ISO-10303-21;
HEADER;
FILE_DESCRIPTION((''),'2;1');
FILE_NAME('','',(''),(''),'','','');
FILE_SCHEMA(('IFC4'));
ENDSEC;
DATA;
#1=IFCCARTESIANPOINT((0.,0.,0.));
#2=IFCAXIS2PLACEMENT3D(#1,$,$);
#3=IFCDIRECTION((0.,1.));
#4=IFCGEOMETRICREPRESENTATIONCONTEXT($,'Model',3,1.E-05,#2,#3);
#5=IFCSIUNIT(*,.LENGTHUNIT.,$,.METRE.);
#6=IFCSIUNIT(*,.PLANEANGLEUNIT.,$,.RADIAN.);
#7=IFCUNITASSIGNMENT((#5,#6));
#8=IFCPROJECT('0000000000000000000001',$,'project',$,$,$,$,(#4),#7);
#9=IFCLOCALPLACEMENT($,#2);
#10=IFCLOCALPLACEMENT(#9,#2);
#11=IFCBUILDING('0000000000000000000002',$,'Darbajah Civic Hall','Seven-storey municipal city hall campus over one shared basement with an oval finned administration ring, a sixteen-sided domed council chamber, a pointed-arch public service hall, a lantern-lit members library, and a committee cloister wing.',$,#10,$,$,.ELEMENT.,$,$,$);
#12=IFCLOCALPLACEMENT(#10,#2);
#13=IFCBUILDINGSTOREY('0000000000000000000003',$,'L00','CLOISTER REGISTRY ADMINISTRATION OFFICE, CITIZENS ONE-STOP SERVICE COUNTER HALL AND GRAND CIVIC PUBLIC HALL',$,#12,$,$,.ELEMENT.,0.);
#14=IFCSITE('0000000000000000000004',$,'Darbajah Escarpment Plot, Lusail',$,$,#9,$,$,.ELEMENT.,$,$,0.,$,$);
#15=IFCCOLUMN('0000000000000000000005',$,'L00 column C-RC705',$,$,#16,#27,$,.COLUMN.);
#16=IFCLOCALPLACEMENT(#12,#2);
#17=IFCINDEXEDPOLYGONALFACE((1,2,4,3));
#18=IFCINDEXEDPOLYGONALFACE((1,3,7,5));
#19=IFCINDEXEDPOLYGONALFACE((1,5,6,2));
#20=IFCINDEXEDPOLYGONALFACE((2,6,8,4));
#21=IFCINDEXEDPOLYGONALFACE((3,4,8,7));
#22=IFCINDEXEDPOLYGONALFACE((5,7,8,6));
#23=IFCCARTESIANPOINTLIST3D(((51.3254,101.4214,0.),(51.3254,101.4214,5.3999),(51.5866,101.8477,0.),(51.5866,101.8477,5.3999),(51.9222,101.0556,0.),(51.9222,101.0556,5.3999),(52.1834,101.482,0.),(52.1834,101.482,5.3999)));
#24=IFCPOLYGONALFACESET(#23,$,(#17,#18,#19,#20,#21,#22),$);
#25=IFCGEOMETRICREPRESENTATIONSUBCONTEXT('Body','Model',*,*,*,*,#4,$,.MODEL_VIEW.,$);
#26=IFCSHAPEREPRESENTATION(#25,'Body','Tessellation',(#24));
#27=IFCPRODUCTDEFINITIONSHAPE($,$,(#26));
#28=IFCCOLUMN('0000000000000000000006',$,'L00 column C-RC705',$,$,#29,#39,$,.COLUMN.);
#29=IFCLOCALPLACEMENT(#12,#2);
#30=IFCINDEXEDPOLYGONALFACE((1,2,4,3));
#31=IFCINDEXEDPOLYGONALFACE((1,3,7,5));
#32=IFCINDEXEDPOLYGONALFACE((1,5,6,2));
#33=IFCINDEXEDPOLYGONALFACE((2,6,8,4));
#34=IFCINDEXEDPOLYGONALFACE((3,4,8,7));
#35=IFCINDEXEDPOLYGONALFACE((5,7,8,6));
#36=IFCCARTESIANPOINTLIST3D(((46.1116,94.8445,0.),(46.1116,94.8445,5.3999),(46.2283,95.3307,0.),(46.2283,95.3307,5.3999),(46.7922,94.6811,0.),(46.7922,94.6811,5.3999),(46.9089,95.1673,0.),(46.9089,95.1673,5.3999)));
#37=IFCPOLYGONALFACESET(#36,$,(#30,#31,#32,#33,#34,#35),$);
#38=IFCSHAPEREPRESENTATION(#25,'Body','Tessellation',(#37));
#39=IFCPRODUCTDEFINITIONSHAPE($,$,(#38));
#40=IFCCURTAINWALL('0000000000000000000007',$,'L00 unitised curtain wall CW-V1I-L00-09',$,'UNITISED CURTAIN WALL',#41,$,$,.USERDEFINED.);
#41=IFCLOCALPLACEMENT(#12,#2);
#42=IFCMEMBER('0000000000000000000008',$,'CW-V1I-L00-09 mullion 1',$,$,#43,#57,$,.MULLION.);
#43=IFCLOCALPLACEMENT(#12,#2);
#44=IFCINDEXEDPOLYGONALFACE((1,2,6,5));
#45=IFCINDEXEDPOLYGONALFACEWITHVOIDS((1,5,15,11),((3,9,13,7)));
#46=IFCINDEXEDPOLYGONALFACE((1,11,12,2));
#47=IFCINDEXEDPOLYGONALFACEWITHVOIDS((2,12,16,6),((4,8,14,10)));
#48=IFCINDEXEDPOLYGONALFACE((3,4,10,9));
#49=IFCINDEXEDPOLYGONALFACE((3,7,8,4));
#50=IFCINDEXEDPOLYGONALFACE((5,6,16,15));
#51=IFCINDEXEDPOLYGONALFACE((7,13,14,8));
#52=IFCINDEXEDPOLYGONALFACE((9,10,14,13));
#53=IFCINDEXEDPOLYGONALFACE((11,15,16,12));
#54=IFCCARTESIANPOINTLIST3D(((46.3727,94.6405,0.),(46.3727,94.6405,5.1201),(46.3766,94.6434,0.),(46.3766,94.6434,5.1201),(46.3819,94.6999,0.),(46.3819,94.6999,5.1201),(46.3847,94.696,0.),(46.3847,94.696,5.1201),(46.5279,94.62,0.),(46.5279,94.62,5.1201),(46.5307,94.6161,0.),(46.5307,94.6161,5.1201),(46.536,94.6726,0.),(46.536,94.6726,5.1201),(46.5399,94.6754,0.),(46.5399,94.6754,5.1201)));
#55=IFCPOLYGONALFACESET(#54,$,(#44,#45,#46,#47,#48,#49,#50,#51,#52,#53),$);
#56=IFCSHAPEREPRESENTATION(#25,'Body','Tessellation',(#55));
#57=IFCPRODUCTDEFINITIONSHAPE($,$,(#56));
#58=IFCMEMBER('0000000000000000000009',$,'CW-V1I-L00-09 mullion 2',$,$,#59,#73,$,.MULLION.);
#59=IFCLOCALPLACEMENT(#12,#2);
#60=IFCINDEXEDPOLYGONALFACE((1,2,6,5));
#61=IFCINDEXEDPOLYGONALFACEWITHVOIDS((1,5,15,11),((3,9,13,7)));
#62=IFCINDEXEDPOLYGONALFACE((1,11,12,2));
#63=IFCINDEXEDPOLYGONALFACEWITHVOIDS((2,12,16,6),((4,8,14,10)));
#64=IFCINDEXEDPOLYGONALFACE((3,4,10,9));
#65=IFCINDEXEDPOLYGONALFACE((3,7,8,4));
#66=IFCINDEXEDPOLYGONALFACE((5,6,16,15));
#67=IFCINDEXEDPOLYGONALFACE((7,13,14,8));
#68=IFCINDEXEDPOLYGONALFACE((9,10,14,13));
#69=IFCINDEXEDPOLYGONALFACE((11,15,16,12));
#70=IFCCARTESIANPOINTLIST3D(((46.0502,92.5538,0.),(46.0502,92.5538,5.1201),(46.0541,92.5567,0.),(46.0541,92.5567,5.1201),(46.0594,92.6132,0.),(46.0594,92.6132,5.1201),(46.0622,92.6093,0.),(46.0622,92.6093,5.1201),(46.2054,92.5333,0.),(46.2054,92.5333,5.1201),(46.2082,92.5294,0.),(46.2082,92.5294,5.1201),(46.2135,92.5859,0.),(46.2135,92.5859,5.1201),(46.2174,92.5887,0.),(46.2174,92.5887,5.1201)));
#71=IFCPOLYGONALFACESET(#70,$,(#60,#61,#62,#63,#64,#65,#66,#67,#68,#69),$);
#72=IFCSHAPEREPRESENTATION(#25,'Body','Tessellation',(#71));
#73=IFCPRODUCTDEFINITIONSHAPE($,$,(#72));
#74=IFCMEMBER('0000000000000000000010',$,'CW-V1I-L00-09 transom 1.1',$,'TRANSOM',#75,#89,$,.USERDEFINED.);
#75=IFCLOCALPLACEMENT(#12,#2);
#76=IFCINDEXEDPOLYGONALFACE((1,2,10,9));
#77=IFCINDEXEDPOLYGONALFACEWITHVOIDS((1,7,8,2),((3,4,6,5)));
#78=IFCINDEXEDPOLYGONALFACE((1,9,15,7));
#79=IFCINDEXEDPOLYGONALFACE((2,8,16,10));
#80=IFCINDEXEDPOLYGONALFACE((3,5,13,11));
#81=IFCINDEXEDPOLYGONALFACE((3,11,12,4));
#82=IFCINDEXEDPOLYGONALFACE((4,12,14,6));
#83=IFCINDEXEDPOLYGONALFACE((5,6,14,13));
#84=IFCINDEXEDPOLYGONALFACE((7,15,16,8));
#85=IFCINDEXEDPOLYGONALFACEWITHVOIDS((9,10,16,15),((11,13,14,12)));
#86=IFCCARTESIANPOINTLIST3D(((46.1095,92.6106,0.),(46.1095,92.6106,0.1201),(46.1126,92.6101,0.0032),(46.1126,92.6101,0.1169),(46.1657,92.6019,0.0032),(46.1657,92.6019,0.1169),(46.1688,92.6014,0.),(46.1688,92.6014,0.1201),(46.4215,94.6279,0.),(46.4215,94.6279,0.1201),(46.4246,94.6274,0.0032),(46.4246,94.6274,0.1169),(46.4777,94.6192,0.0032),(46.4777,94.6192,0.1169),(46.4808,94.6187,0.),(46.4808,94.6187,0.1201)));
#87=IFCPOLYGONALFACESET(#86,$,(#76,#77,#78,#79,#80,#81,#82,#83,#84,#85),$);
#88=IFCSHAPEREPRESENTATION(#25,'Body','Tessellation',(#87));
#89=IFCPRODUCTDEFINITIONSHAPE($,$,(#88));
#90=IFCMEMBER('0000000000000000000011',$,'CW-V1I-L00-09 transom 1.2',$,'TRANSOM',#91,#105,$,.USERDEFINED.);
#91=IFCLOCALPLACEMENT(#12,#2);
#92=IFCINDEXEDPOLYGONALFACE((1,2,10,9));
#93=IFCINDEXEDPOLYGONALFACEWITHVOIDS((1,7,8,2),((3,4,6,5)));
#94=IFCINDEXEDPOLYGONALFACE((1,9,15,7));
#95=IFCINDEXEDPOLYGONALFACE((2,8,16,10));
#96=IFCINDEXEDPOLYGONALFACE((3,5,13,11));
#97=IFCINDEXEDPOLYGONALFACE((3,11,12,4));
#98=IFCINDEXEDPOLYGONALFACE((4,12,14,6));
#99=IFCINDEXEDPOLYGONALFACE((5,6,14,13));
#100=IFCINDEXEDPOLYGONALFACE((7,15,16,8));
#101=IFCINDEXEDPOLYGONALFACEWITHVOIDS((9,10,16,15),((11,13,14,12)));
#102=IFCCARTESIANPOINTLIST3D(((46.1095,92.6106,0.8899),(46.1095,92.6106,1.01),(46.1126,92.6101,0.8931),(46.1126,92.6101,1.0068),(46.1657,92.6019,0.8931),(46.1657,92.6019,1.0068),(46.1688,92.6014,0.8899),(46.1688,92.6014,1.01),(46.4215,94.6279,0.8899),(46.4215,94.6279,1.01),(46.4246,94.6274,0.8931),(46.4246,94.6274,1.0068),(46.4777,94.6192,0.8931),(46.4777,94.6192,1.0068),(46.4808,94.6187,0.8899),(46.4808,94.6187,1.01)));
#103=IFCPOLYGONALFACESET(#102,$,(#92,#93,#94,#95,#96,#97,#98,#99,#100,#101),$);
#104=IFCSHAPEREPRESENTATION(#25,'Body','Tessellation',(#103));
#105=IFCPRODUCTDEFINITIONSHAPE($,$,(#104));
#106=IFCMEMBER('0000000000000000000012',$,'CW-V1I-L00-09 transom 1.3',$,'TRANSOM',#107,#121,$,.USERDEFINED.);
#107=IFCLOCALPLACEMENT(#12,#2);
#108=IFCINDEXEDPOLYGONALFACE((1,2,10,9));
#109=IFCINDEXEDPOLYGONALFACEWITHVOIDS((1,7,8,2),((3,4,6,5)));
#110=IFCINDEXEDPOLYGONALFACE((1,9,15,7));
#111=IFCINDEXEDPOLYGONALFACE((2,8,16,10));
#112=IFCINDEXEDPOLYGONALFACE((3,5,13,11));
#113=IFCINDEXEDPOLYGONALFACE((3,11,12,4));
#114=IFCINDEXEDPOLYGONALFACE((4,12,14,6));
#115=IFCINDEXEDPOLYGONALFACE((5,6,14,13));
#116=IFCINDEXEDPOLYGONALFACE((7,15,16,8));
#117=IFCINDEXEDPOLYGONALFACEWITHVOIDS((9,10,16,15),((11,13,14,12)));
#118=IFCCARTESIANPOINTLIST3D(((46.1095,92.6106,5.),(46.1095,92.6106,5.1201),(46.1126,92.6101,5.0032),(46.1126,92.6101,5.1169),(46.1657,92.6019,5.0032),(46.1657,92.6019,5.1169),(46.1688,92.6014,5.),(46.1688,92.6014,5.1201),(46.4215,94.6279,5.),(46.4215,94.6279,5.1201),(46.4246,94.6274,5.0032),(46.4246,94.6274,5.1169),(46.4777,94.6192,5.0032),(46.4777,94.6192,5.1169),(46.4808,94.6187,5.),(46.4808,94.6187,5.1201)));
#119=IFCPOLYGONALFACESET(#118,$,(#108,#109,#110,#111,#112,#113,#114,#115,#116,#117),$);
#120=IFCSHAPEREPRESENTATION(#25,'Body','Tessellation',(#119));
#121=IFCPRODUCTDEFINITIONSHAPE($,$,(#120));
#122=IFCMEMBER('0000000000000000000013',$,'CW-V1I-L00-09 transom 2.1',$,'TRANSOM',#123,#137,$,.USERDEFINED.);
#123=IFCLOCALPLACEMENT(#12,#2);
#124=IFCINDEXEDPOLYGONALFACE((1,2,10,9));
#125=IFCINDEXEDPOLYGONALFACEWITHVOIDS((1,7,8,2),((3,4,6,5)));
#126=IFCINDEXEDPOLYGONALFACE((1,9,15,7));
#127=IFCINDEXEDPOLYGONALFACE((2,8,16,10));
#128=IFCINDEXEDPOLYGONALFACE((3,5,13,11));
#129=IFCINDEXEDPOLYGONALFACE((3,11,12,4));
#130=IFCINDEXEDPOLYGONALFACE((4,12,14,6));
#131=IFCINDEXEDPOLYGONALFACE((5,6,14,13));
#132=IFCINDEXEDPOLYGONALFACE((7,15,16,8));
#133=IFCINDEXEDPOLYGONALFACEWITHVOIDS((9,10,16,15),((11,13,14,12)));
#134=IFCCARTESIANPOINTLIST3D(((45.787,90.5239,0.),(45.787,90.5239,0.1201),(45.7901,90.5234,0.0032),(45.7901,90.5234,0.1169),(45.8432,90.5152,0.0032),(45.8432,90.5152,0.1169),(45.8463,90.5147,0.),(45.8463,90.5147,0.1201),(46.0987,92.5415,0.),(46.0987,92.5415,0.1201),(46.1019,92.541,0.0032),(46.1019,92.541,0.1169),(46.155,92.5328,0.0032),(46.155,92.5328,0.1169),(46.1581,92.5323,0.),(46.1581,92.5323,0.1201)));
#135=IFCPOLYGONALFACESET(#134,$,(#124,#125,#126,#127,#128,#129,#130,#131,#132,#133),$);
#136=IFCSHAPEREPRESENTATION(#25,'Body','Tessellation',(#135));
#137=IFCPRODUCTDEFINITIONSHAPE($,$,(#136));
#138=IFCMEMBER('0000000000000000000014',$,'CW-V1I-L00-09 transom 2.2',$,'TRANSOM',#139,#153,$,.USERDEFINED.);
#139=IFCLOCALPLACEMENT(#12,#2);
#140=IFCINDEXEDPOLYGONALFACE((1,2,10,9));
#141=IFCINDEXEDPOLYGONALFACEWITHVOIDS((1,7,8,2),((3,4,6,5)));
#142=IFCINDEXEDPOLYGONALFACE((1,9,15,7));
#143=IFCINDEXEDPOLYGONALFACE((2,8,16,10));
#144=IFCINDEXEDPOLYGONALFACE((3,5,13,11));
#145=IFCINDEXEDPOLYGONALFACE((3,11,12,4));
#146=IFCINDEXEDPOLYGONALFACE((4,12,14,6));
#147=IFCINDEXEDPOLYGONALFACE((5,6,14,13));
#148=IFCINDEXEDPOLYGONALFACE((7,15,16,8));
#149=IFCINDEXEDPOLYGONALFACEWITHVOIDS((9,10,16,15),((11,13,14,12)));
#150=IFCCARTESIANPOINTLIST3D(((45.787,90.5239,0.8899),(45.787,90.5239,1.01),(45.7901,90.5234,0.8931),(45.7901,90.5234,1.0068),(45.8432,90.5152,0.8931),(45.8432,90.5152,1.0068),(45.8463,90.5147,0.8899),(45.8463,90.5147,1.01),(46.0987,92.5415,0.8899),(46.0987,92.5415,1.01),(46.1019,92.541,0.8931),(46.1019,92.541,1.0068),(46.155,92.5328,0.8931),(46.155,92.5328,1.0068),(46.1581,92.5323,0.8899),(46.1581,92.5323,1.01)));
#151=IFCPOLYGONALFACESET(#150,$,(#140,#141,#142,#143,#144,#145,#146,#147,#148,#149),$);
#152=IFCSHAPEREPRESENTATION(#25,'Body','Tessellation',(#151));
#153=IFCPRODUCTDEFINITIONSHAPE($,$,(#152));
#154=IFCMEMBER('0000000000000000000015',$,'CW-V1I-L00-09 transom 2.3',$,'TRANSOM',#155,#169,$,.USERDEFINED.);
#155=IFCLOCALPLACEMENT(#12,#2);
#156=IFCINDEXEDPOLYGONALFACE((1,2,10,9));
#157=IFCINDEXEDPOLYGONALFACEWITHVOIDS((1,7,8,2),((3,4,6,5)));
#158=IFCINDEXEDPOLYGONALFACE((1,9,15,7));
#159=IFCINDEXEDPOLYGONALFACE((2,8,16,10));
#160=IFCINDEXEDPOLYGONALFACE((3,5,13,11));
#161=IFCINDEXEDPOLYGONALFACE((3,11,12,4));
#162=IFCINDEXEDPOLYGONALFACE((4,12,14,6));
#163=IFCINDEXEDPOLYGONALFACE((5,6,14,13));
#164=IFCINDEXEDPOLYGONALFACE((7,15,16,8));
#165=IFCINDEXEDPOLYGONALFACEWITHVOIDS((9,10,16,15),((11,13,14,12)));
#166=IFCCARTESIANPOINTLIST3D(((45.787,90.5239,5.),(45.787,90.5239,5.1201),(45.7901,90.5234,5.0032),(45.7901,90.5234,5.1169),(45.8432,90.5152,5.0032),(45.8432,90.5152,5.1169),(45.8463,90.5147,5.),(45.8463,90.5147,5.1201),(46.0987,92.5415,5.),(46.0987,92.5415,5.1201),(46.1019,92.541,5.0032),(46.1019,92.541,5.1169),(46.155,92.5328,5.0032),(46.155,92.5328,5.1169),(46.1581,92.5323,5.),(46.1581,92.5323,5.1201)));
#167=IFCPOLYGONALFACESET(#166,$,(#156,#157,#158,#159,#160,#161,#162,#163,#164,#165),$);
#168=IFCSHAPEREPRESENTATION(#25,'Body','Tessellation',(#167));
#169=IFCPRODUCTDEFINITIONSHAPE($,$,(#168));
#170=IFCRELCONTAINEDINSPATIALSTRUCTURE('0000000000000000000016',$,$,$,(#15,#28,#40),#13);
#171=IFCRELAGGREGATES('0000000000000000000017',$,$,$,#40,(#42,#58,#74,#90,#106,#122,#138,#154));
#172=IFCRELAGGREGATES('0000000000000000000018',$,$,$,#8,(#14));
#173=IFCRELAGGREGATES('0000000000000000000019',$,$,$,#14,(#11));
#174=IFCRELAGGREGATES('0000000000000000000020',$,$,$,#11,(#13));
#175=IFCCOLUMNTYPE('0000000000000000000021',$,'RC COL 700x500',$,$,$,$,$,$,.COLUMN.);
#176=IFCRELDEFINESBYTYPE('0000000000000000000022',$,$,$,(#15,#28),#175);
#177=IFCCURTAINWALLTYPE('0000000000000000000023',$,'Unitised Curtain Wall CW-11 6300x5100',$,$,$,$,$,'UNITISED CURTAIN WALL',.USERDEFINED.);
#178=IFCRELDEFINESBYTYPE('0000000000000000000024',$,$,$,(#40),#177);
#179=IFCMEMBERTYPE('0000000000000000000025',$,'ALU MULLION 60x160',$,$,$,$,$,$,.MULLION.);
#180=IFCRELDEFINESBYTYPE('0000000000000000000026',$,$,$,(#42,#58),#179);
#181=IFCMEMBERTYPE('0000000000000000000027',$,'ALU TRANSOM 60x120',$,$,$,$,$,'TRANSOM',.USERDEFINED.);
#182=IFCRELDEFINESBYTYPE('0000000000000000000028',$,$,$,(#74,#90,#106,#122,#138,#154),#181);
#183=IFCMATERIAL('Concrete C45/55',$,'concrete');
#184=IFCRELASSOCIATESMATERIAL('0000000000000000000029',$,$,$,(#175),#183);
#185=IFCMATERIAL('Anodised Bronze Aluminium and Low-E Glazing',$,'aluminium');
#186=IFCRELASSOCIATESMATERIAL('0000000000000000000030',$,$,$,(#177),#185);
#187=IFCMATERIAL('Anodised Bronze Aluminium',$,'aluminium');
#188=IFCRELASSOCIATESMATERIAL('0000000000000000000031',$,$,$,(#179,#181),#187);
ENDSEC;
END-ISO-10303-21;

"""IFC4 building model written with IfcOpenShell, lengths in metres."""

from ifc_helpers import new_model, si_unit, direction, frame, origin, origin_2d, place, context, subcontext, project, spatial, rectangle, hollow_rectangle, extrude, material, material_profile, profile_set, type_object, element, aggregate, save


model = new_model("IFC4")

# Units and contexts
model_context = context("Model", 3, precision=1e-05, world=origin(), true_north=direction((0.0, 1.0)))
body_context = subcontext(model_context, "Body", "Model", "MODEL_VIEW")
ifc_project = project(units=[si_unit("LENGTHUNIT", "METRE"), si_unit("PLANEANGLEUNIT", "RADIAN")], contexts=[model_context])

# Site, building, storey
site_placement = place(None, origin())
site = spatial("IfcSite", under=ifc_project, at=site_placement, Name="Darbajah Escarpment Plot, Lusail", CompositionType="ELEMENT", RefElevation=0.0)
building_placement = place(site_placement, origin())
building = spatial("IfcBuilding", under=site, at=building_placement, Name="Darbajah Civic Hall", Description="Seven-storey municipal city hall campus over one shared basement with an oval finned administration ring, a sixteen-sided domed council chamber, a pointed-arch public service hall, a lantern-lit members library, and a committee cloister wing.", CompositionType="ELEMENT")
storey_placement = place(building_placement, origin())
storey = spatial("IfcBuildingStorey", under=building, at=storey_placement, Name="L00", Description="CLOISTER REGISTRY ADMINISTRATION OFFICE, CITIZENS ONE-STOP SERVICE COUNTER HALL AND GRAND CIVIC PUBLIC HALL", CompositionType="ELEMENT", Elevation=0.0)

# Columns
ifc_material_1 = material(Name="Concrete C45/55", Category="concrete")
ifc_material_profile_1 = material_profile(ifc_material_1, rectangle(XDim=0.7, YDim=0.5, at=origin_2d()), Name="RC COL 700x500")
ifc_profile_set_1 = profile_set([ifc_material_profile_1], Name="Concrete C45/55")
column_type = type_object("IfcColumnType", Name="RC COL 700x500", PredefinedType="COLUMN", material=ifc_profile_set_1)
for number, where, z_axis, x_axis, name in (
    (1, (51.7544, 101.4517, 0.0), (0.0, 0.0, 1.0), (-0.85264, 0.522499, 0.0), "L00 column C-RC705"),
    (2, (46.5103, 95.0059, 0.0), (0.0, 0.0, 1.0), (-0.97237, 0.233445, 0.0), "L00 column C-RC705"),
):
    element("IfcColumn", number, at=place(storey_placement, frame(where, z_axis=z_axis, x_axis=x_axis)), inside=storey, type_object=column_type, Name=name, PredefinedType="COLUMN", context=body_context, shape_type="SweptSolid", body=[
        extrude(rectangle(XDim=0.7, YDim=0.5, at=origin_2d()), origin(), (0.0, 0.0, 1.0), 5.3999),
    ])

# Curtain wall, members
ifc_material_2 = material(Name="Anodised Bronze Aluminium and Low-E Glazing", Category="aluminium")
curtain_wall_type = type_object("IfcCurtainWallType", Name="Unitised Curtain Wall CW-11 6300x5100", ElementType="UNITISED CURTAIN WALL", PredefinedType="USERDEFINED", material=ifc_material_2)
curtain_wall_placement = place(storey_placement, origin())
curtain_wall = element("IfcCurtainWall", 3, at=curtain_wall_placement, inside=storey, type_object=curtain_wall_type, Name="L00 unitised curtain wall CW-V1I-L00-09", ObjectType="UNITISED CURTAIN WALL", PredefinedType="USERDEFINED")
ifc_material_3 = material(Name="Anodised Bronze Aluminium", Category="aluminium")
ifc_material_profile_2 = material_profile(ifc_material_3, hollow_rectangle(XDim=0.0601, YDim=0.1599, WallThickness=0.0034, at=origin_2d()), Name="ALU MULLION 60x160")
ifc_profile_set_2 = profile_set([ifc_material_profile_2], Name="Anodised Bronze Aluminium")
member_type_1 = type_object("IfcMemberType", Name="ALU MULLION 60x160", PredefinedType="MULLION", material=ifc_profile_set_2)
member_1_placement = place(storey_placement, frame((46.4563, 94.658, 0.0), z_axis=(0.0, 0.0, 1.0), x_axis=(-0.152813, -0.988255, 0.0)))
member_1 = element("IfcMember", 4, at=member_1_placement, type_object=member_type_1, Name="CW-V1I-L00-09 mullion 1", PredefinedType="MULLION", context=body_context, shape_type="SweptSolid", body=[
    extrude(hollow_rectangle(XDim=0.0601, YDim=0.1599, WallThickness=0.0034, at=origin_2d()), origin(), (0.0, 0.0, 1.0), 5.1201),
])
member_2_placement = place(storey_placement, frame((46.1338, 92.5713, 0.0), z_axis=(0.0, 0.0, 1.0), x_axis=(-0.152813, -0.988255, 0.0)))
member_2 = element("IfcMember", 5, at=member_2_placement, type_object=member_type_1, Name="CW-V1I-L00-09 mullion 2", PredefinedType="MULLION", context=body_context, shape_type="SweptSolid", body=[
    extrude(hollow_rectangle(XDim=0.0601, YDim=0.1599, WallThickness=0.0034, at=origin_2d()), origin(), (0.0, 0.0, 1.0), 5.1201),
])
ifc_material_profile_3 = material_profile(ifc_material_3, hollow_rectangle(XDim=0.0601, YDim=0.1201, WallThickness=0.0032, at=origin_2d()), Name="ALU TRANSOM 60x120")
ifc_profile_set_3 = profile_set([ifc_material_profile_3], Name="Anodised Bronze Aluminium")
member_type_2 = type_object("IfcMemberType", Name="ALU TRANSOM 60x120", ElementType="TRANSOM", PredefinedType="USERDEFINED", material=ifc_profile_set_3)
member_3_placement = place(storey_placement, frame((46.4512, 94.6233, 0.0601), z_axis=(-0.152848, -0.98825, 0.0), x_axis=(0.98825, -0.152848, 0.0)))
member_3 = element("IfcMember", 6, at=member_3_placement, type_object=member_type_2, Name="CW-V1I-L00-09 transom 1.1", ObjectType="TRANSOM", PredefinedType="USERDEFINED", context=body_context, shape_type="SweptSolid", body=[
    extrude(hollow_rectangle(XDim=0.0601, YDim=0.1201, WallThickness=0.0032, at=origin_2d()), origin(), (0.0, 0.0, 1.0), 2.0413),
])
member_4_placement = place(storey_placement, frame((46.4512, 94.6233, 0.95), z_axis=(-0.152848, -0.98825, 0.0), x_axis=(0.98825, -0.152848, 0.0)))
member_4 = element("IfcMember", 7, at=member_4_placement, type_object=member_type_2, Name="CW-V1I-L00-09 transom 1.2", ObjectType="TRANSOM", PredefinedType="USERDEFINED", context=body_context, shape_type="SweptSolid", body=[
    extrude(hollow_rectangle(XDim=0.0601, YDim=0.1201, WallThickness=0.0032, at=origin_2d()), origin(), (0.0, 0.0, 1.0), 2.0413),
])
member_5_placement = place(storey_placement, frame((46.4512, 94.6233, 5.0601), z_axis=(-0.152848, -0.98825, 0.0), x_axis=(0.98825, -0.152848, 0.0)))
member_5 = element("IfcMember", 8, at=member_5_placement, type_object=member_type_2, Name="CW-V1I-L00-09 transom 1.3", ObjectType="TRANSOM", PredefinedType="USERDEFINED", context=body_context, shape_type="SweptSolid", body=[
    extrude(hollow_rectangle(XDim=0.0601, YDim=0.1201, WallThickness=0.0032, at=origin_2d()), origin(), (0.0, 0.0, 1.0), 2.0413),
])
member_6_placement = place(storey_placement, frame((46.1284, 92.5369, 0.0601), z_axis=(-0.152713, -0.988271, 0.0), x_axis=(0.988271, -0.152713, 0.0)))
member_6 = element("IfcMember", 9, at=member_6_placement, type_object=member_type_2, Name="CW-V1I-L00-09 transom 2.1", ObjectType="TRANSOM", PredefinedType="USERDEFINED", context=body_context, shape_type="SweptSolid", body=[
    extrude(hollow_rectangle(XDim=0.0601, YDim=0.1201, WallThickness=0.0032, at=origin_2d()), origin(), (0.0, 0.0, 1.0), 2.0415),
])
member_7_placement = place(storey_placement, frame((46.1284, 92.5369, 0.95), z_axis=(-0.152713, -0.988271, 0.0), x_axis=(0.988271, -0.152713, 0.0)))
member_7 = element("IfcMember", 10, at=member_7_placement, type_object=member_type_2, Name="CW-V1I-L00-09 transom 2.2", ObjectType="TRANSOM", PredefinedType="USERDEFINED", context=body_context, shape_type="SweptSolid", body=[
    extrude(hollow_rectangle(XDim=0.0601, YDim=0.1201, WallThickness=0.0032, at=origin_2d()), origin(), (0.0, 0.0, 1.0), 2.0415),
])
member_8_placement = place(storey_placement, frame((46.1284, 92.5369, 5.0601), z_axis=(-0.152713, -0.988271, 0.0), x_axis=(0.988271, -0.152713, 0.0)))
member_8 = element("IfcMember", 11, at=member_8_placement, type_object=member_type_2, Name="CW-V1I-L00-09 transom 2.3", ObjectType="TRANSOM", PredefinedType="USERDEFINED", context=body_context, shape_type="SweptSolid", body=[
    extrude(hollow_rectangle(XDim=0.0601, YDim=0.1201, WallThickness=0.0032, at=origin_2d()), origin(), (0.0, 0.0, 1.0), 2.0415),
])

aggregate(curtain_wall, [member_1, member_2, member_3, member_4, member_5, member_6, member_7, member_8])

save(model, "model.ifc")
